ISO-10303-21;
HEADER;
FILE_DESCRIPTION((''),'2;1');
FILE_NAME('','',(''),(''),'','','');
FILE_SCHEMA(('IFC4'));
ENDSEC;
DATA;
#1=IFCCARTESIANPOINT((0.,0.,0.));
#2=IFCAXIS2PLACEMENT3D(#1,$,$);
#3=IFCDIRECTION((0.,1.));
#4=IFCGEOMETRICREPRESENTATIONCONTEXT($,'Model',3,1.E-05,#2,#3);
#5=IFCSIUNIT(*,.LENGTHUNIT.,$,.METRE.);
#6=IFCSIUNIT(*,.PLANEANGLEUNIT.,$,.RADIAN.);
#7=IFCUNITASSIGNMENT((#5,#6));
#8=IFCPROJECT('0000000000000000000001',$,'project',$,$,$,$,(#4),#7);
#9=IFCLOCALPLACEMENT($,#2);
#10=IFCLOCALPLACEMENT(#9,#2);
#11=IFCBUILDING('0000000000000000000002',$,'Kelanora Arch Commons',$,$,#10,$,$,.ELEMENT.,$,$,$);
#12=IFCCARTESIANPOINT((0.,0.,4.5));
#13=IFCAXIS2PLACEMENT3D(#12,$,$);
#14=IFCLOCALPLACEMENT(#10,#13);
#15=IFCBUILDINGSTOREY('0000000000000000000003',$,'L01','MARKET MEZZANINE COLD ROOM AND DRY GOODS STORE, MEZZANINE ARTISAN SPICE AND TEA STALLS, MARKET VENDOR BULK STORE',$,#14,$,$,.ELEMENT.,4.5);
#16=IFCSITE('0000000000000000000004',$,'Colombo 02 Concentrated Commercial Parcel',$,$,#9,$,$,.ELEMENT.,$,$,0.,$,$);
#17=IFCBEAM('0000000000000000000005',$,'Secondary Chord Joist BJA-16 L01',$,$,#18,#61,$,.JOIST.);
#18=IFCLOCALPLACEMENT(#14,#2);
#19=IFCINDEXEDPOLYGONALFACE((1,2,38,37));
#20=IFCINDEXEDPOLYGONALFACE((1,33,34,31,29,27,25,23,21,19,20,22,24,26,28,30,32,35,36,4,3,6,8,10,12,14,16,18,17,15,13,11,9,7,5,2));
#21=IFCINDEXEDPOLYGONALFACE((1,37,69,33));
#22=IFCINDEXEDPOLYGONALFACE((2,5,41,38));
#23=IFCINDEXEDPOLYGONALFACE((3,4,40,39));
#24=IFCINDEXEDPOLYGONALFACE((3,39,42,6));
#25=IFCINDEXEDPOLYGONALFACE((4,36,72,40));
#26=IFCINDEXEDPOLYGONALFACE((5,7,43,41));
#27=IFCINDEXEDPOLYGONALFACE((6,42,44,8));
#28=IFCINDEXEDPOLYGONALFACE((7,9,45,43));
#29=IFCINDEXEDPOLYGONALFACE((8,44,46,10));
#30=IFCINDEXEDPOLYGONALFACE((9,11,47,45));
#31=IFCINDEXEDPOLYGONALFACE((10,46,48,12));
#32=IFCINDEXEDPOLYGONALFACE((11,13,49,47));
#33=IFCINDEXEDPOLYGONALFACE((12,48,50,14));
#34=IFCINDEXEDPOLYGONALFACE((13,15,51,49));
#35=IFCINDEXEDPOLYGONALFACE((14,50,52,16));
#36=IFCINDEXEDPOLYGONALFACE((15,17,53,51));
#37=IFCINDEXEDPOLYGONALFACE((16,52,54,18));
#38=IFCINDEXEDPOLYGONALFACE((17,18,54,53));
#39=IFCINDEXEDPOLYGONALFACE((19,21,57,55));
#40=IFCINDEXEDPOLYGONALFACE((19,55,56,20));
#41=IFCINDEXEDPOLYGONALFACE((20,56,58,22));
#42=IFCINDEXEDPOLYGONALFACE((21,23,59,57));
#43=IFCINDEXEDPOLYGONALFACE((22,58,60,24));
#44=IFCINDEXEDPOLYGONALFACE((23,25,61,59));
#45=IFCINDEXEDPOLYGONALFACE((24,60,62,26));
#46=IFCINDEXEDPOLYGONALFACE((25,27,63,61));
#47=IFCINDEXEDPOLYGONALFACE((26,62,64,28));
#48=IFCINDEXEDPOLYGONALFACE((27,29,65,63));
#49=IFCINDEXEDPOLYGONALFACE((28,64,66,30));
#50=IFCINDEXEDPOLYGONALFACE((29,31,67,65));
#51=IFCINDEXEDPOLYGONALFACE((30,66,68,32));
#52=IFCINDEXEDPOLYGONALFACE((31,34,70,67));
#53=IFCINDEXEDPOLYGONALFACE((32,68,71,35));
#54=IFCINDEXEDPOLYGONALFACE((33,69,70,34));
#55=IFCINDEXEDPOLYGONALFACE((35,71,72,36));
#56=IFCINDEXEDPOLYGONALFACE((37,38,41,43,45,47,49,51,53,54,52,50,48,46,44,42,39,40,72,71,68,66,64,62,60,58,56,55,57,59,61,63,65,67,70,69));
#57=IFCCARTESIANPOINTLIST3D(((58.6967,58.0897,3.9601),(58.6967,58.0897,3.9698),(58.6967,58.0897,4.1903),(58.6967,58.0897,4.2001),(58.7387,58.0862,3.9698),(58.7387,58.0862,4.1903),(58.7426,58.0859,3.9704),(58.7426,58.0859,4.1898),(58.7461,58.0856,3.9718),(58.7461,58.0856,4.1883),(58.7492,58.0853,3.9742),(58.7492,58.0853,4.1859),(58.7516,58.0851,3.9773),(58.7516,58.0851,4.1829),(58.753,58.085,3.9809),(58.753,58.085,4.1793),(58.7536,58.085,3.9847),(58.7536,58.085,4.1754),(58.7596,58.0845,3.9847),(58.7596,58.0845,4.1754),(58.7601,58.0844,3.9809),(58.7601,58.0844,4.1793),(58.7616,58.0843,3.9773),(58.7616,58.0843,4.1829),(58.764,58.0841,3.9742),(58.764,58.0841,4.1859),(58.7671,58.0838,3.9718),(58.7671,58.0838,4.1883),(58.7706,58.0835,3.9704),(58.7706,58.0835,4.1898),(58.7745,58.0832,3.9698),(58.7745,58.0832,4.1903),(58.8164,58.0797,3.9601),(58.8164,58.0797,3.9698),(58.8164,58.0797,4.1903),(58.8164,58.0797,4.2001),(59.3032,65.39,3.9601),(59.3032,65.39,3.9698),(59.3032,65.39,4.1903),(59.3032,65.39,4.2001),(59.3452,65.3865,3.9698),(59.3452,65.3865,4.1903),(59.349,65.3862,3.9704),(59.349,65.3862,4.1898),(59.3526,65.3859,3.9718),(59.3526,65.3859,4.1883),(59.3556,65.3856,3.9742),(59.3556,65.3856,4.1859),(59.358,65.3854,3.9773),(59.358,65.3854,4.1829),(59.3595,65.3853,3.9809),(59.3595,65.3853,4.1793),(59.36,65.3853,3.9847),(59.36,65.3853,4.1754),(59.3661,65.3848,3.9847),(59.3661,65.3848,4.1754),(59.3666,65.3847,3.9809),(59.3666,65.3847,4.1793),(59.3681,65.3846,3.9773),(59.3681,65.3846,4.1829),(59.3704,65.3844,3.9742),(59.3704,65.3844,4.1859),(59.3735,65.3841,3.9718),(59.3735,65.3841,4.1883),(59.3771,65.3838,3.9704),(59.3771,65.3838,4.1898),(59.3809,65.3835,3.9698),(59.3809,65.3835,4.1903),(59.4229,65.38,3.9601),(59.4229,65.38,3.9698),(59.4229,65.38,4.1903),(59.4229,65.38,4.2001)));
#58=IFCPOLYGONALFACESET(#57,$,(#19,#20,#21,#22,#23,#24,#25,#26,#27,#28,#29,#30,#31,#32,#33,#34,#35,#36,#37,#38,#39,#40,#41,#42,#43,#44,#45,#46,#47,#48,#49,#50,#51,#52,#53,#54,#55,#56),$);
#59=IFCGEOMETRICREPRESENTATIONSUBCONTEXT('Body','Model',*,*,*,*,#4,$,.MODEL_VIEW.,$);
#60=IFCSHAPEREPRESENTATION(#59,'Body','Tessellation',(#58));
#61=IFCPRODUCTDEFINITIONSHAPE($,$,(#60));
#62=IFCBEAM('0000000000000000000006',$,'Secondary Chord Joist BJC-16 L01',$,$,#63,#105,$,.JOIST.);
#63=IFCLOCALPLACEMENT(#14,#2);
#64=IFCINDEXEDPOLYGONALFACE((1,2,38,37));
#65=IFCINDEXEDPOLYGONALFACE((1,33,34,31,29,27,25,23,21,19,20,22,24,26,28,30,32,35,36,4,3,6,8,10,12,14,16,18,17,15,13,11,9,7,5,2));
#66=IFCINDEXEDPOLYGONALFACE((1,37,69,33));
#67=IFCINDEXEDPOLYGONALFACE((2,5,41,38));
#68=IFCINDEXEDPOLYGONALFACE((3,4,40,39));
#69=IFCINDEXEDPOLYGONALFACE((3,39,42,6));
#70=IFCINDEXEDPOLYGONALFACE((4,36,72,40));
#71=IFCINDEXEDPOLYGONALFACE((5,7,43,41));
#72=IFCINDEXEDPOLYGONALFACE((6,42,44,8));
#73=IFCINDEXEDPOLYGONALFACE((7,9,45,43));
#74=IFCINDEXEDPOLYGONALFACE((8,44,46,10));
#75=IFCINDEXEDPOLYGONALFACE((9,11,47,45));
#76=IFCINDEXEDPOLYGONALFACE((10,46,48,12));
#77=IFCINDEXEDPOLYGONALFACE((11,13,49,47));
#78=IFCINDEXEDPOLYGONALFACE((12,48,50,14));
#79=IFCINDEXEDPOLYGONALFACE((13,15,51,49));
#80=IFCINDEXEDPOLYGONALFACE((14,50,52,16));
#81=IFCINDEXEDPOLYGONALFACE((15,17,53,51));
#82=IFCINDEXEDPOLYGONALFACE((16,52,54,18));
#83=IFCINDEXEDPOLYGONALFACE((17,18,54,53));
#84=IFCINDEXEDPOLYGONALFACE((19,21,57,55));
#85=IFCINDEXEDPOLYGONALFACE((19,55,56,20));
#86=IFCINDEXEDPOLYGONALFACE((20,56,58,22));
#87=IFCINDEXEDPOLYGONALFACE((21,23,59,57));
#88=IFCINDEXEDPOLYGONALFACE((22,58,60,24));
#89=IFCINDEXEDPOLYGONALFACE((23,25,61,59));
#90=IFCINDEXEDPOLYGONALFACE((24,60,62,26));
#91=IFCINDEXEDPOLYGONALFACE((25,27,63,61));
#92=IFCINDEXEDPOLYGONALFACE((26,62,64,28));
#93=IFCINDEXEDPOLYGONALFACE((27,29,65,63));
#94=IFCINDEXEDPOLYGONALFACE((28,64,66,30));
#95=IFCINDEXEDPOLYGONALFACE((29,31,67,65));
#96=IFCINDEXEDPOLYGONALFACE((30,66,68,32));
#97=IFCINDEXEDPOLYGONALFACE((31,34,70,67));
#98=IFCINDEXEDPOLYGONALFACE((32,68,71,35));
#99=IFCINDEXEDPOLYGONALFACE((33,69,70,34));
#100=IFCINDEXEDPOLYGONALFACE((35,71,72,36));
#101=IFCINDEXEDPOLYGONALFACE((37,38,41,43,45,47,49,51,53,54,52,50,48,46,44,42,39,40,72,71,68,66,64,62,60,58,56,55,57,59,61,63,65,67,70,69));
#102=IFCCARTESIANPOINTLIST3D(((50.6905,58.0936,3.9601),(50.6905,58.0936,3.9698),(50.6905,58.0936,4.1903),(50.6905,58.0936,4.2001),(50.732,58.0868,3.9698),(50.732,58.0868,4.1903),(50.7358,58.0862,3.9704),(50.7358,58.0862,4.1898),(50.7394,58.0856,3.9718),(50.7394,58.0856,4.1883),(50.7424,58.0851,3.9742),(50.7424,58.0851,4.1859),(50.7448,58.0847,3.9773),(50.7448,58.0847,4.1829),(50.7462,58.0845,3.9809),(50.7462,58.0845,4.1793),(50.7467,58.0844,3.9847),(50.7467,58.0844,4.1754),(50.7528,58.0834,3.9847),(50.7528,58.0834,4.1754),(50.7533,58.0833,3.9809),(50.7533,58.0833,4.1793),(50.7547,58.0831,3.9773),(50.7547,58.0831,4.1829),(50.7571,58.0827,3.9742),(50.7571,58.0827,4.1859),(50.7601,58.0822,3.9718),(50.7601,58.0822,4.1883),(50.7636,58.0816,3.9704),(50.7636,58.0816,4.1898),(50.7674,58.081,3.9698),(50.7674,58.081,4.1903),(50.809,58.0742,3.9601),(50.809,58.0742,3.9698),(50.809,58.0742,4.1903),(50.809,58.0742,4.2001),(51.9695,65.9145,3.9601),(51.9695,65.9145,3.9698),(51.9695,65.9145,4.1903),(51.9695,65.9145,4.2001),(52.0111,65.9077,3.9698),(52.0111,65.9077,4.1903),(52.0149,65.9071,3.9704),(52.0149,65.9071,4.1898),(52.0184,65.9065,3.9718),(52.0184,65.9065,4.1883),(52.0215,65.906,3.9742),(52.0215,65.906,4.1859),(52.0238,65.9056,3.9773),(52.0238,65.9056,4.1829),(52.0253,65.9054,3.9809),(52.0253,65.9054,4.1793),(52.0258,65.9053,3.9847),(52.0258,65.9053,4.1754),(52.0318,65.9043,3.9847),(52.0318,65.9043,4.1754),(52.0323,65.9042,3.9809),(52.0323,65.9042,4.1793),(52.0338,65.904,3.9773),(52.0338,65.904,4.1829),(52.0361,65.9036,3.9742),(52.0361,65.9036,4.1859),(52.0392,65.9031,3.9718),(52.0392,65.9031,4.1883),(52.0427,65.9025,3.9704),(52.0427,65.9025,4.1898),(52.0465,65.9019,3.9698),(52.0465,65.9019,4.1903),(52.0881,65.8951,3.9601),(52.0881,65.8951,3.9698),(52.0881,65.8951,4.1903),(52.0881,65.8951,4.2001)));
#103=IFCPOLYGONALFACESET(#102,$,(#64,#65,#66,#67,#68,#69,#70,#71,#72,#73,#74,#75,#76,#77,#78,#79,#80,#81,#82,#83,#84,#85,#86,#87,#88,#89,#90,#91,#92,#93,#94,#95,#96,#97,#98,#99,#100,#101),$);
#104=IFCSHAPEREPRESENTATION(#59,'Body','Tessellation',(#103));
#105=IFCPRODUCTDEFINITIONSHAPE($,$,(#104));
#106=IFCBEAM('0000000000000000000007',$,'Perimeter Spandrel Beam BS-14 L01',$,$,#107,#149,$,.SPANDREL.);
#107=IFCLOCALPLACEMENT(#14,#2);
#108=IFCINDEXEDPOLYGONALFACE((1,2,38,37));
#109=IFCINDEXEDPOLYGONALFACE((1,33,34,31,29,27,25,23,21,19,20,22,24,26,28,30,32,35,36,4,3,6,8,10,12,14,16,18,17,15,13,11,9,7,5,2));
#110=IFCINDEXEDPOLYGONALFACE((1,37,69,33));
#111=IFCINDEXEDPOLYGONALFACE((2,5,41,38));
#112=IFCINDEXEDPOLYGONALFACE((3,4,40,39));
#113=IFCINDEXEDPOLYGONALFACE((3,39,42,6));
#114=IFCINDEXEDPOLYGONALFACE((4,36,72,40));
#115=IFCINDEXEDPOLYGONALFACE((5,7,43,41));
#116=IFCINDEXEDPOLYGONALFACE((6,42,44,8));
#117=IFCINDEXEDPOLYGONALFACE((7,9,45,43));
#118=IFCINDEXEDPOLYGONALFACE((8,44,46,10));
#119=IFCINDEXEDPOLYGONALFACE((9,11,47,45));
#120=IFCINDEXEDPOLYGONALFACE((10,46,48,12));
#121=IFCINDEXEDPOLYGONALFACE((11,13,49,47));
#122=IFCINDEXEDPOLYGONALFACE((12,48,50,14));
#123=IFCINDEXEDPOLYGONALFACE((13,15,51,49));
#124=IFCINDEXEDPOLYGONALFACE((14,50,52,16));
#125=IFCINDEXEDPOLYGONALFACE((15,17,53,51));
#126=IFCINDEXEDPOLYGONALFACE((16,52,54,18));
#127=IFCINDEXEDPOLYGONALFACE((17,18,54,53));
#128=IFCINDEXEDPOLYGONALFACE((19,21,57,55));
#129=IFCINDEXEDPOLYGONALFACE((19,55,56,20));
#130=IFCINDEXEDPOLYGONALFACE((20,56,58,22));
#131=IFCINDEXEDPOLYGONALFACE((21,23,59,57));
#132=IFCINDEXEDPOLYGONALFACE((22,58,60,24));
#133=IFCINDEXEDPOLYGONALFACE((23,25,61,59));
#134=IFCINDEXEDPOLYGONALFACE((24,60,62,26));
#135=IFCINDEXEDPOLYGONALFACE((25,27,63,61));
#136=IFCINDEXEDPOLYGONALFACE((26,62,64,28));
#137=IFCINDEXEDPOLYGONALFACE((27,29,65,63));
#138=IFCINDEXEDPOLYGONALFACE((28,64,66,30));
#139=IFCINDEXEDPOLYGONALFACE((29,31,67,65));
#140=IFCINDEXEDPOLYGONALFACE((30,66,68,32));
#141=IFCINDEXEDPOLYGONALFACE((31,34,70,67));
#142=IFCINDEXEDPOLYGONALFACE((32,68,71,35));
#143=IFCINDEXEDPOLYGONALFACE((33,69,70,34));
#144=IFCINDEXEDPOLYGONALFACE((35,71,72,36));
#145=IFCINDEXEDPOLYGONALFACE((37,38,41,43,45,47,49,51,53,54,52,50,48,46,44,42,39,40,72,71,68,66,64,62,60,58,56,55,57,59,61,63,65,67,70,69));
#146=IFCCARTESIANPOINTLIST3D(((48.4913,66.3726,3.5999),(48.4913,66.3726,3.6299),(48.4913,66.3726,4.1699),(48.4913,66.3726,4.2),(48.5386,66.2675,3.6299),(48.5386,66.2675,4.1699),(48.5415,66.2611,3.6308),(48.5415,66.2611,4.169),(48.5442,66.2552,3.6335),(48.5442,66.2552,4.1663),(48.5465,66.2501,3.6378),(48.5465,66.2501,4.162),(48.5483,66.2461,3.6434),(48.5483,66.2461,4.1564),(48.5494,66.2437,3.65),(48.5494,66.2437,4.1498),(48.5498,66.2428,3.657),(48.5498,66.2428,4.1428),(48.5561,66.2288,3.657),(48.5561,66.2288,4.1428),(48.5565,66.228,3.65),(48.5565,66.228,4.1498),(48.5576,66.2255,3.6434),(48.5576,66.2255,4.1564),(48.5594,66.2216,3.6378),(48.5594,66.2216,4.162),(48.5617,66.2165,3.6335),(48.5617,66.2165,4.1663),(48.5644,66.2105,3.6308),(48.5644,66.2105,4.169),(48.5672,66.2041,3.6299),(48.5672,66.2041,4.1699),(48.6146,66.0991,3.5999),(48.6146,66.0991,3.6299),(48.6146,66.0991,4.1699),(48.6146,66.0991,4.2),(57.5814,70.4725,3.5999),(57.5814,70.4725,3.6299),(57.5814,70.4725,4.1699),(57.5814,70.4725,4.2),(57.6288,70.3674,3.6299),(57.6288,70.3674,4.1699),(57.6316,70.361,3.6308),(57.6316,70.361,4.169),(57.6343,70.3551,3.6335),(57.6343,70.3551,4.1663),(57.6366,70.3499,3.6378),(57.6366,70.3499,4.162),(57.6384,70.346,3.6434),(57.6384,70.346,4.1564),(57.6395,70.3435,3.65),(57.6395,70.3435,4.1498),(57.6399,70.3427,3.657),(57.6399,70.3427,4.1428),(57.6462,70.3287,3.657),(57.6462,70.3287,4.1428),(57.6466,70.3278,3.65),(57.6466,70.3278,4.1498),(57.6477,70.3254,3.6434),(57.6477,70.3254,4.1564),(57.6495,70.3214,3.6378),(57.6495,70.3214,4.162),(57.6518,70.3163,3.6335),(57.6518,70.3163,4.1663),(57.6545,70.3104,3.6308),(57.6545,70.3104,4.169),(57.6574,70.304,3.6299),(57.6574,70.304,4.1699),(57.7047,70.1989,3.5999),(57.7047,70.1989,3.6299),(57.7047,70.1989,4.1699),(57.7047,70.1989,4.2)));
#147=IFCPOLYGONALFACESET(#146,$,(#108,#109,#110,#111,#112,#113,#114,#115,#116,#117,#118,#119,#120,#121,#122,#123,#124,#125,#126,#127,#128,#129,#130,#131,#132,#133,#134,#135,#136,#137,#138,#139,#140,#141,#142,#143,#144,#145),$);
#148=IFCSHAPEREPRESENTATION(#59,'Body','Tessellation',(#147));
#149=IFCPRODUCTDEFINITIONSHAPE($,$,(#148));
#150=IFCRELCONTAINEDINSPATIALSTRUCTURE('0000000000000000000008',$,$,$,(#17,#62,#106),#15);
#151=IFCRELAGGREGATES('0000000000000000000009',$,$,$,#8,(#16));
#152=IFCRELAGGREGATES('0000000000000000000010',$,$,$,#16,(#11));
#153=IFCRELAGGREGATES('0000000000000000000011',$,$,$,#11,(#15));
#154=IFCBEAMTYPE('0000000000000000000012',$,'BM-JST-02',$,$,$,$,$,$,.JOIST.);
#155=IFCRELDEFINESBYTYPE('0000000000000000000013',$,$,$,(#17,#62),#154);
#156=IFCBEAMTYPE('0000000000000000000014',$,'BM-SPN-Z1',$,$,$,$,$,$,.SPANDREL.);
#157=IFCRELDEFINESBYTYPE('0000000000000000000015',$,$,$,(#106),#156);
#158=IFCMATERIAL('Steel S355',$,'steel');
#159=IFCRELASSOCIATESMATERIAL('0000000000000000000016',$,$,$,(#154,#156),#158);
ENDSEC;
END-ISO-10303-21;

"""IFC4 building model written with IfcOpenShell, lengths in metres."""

from ifc_helpers import new_model, si_unit, direction, frame, origin, origin_2d, place, context, subcontext, project, spatial, i_section, extrude, material, material_profile, profile_set, type_object, element, save


model = new_model("IFC4")

# Units and contexts
model_context = context("Model", 3, precision=1e-05, world=origin(), true_north=direction((0.0, 1.0)))
body_context = subcontext(model_context, "Body", "Model", "MODEL_VIEW")
ifc_project = project(units=[si_unit("LENGTHUNIT", "METRE"), si_unit("PLANEANGLEUNIT", "RADIAN")], contexts=[model_context])

# Site, building, storey
site_placement = place(None, origin())
site = spatial("IfcSite", under=ifc_project, at=site_placement, Name="Colombo 02 Concentrated Commercial Parcel", CompositionType="ELEMENT", RefElevation=0.0)
building_placement = place(site_placement, origin())
building = spatial("IfcBuilding", under=site, at=building_placement, Name="Kelanora Arch Commons", CompositionType="ELEMENT")
storey_placement = place(building_placement, frame((0.0, 0.0, 4.5)))
storey = spatial("IfcBuildingStorey", under=building, at=storey_placement, Name="L01", Description="MARKET MEZZANINE COLD ROOM AND DRY GOODS STORE, MEZZANINE ARTISAN SPICE AND TEA STALLS, MARKET VENDOR BULK STORE", CompositionType="ELEMENT", Elevation=4.5)

# Shared definitions
ifc_material_1 = material(Name="Steel S355", Category="steel")

# Beams
ifc_material_profile_1 = material_profile(ifc_material_1, i_section(OverallWidth=0.1201, OverallDepth=0.24, WebThickness=0.0061, FlangeThickness=0.0098, FilletRadius=0.0149, at=origin_2d()), Name="IPE240")
ifc_profile_set_1 = profile_set([ifc_material_profile_1], Name="Steel S355")
beam_type_1 = type_object("IfcBeamType", Name="BM-JST-02", PredefinedType="JOIST", material=ifc_profile_set_1)
beam_1_placement = place(storey_placement, frame((59.363, 65.385, 4.0801), z_axis=(-0.082786, -0.996567, 0.0), x_axis=(0.996567, -0.082786, 0.0)))
element("IfcBeam", 1, at=beam_1_placement, inside=storey, type_object=beam_type_1, Name="Secondary Chord Joist BJA-16 L01", PredefinedType="JOIST", context=body_context, shape_type="SweptSolid", body=[
    extrude(i_section(OverallWidth=0.1201, OverallDepth=0.24, WebThickness=0.0061, FlangeThickness=0.0098, FilletRadius=0.0149, at=origin_2d()), origin(), (0.0, 0.0, 1.0), 7.3254),
])
beam_2_placement = place(storey_placement, frame((52.0288, 65.9048, 4.0801), z_axis=(-0.161401, -0.986889, 0.0), x_axis=(0.986889, -0.161401, 0.0)))
element("IfcBeam", 2, at=beam_2_placement, inside=storey, type_object=beam_type_1, Name="Secondary Chord Joist BJC-16 L01", PredefinedType="JOIST", context=body_context, shape_type="SweptSolid", body=[
    extrude(i_section(OverallWidth=0.1201, OverallDepth=0.24, WebThickness=0.0061, FlangeThickness=0.0098, FilletRadius=0.0149, at=origin_2d()), origin(), (0.0, 0.0, 1.0), 7.9248),
])
ifc_material_profile_2 = material_profile(ifc_material_1, i_section(OverallWidth=0.3, OverallDepth=0.6001, WebThickness=0.0154, FlangeThickness=0.03, FilletRadius=0.0271, at=origin_2d()), Name="HEB600")
ifc_profile_set_2 = profile_set([ifc_material_profile_2], Name="Steel S355")
beam_type_2 = type_object("IfcBeamType", Name="BM-SPN-Z1", PredefinedType="SPANDREL", material=ifc_profile_set_2)
beam_3_placement = place(storey_placement, frame((57.6431, 70.3357, 3.8999), z_axis=(-0.911572, -0.411141, 0.0), x_axis=(0.411141, -0.911572, 0.0)))
element("IfcBeam", 3, at=beam_3_placement, inside=storey, type_object=beam_type_2, Name="Perimeter Spandrel Beam BS-14 L01", PredefinedType="SPANDREL", context=body_context, shape_type="SweptSolid", body=[
    extrude(i_section(OverallWidth=0.3, OverallDepth=0.6001, WebThickness=0.0154, FlangeThickness=0.03, FilletRadius=0.0271, at=origin_2d()), origin(), (0.0, 0.0, 1.0), 9.9719),
])

save(model, "model.ifc")
